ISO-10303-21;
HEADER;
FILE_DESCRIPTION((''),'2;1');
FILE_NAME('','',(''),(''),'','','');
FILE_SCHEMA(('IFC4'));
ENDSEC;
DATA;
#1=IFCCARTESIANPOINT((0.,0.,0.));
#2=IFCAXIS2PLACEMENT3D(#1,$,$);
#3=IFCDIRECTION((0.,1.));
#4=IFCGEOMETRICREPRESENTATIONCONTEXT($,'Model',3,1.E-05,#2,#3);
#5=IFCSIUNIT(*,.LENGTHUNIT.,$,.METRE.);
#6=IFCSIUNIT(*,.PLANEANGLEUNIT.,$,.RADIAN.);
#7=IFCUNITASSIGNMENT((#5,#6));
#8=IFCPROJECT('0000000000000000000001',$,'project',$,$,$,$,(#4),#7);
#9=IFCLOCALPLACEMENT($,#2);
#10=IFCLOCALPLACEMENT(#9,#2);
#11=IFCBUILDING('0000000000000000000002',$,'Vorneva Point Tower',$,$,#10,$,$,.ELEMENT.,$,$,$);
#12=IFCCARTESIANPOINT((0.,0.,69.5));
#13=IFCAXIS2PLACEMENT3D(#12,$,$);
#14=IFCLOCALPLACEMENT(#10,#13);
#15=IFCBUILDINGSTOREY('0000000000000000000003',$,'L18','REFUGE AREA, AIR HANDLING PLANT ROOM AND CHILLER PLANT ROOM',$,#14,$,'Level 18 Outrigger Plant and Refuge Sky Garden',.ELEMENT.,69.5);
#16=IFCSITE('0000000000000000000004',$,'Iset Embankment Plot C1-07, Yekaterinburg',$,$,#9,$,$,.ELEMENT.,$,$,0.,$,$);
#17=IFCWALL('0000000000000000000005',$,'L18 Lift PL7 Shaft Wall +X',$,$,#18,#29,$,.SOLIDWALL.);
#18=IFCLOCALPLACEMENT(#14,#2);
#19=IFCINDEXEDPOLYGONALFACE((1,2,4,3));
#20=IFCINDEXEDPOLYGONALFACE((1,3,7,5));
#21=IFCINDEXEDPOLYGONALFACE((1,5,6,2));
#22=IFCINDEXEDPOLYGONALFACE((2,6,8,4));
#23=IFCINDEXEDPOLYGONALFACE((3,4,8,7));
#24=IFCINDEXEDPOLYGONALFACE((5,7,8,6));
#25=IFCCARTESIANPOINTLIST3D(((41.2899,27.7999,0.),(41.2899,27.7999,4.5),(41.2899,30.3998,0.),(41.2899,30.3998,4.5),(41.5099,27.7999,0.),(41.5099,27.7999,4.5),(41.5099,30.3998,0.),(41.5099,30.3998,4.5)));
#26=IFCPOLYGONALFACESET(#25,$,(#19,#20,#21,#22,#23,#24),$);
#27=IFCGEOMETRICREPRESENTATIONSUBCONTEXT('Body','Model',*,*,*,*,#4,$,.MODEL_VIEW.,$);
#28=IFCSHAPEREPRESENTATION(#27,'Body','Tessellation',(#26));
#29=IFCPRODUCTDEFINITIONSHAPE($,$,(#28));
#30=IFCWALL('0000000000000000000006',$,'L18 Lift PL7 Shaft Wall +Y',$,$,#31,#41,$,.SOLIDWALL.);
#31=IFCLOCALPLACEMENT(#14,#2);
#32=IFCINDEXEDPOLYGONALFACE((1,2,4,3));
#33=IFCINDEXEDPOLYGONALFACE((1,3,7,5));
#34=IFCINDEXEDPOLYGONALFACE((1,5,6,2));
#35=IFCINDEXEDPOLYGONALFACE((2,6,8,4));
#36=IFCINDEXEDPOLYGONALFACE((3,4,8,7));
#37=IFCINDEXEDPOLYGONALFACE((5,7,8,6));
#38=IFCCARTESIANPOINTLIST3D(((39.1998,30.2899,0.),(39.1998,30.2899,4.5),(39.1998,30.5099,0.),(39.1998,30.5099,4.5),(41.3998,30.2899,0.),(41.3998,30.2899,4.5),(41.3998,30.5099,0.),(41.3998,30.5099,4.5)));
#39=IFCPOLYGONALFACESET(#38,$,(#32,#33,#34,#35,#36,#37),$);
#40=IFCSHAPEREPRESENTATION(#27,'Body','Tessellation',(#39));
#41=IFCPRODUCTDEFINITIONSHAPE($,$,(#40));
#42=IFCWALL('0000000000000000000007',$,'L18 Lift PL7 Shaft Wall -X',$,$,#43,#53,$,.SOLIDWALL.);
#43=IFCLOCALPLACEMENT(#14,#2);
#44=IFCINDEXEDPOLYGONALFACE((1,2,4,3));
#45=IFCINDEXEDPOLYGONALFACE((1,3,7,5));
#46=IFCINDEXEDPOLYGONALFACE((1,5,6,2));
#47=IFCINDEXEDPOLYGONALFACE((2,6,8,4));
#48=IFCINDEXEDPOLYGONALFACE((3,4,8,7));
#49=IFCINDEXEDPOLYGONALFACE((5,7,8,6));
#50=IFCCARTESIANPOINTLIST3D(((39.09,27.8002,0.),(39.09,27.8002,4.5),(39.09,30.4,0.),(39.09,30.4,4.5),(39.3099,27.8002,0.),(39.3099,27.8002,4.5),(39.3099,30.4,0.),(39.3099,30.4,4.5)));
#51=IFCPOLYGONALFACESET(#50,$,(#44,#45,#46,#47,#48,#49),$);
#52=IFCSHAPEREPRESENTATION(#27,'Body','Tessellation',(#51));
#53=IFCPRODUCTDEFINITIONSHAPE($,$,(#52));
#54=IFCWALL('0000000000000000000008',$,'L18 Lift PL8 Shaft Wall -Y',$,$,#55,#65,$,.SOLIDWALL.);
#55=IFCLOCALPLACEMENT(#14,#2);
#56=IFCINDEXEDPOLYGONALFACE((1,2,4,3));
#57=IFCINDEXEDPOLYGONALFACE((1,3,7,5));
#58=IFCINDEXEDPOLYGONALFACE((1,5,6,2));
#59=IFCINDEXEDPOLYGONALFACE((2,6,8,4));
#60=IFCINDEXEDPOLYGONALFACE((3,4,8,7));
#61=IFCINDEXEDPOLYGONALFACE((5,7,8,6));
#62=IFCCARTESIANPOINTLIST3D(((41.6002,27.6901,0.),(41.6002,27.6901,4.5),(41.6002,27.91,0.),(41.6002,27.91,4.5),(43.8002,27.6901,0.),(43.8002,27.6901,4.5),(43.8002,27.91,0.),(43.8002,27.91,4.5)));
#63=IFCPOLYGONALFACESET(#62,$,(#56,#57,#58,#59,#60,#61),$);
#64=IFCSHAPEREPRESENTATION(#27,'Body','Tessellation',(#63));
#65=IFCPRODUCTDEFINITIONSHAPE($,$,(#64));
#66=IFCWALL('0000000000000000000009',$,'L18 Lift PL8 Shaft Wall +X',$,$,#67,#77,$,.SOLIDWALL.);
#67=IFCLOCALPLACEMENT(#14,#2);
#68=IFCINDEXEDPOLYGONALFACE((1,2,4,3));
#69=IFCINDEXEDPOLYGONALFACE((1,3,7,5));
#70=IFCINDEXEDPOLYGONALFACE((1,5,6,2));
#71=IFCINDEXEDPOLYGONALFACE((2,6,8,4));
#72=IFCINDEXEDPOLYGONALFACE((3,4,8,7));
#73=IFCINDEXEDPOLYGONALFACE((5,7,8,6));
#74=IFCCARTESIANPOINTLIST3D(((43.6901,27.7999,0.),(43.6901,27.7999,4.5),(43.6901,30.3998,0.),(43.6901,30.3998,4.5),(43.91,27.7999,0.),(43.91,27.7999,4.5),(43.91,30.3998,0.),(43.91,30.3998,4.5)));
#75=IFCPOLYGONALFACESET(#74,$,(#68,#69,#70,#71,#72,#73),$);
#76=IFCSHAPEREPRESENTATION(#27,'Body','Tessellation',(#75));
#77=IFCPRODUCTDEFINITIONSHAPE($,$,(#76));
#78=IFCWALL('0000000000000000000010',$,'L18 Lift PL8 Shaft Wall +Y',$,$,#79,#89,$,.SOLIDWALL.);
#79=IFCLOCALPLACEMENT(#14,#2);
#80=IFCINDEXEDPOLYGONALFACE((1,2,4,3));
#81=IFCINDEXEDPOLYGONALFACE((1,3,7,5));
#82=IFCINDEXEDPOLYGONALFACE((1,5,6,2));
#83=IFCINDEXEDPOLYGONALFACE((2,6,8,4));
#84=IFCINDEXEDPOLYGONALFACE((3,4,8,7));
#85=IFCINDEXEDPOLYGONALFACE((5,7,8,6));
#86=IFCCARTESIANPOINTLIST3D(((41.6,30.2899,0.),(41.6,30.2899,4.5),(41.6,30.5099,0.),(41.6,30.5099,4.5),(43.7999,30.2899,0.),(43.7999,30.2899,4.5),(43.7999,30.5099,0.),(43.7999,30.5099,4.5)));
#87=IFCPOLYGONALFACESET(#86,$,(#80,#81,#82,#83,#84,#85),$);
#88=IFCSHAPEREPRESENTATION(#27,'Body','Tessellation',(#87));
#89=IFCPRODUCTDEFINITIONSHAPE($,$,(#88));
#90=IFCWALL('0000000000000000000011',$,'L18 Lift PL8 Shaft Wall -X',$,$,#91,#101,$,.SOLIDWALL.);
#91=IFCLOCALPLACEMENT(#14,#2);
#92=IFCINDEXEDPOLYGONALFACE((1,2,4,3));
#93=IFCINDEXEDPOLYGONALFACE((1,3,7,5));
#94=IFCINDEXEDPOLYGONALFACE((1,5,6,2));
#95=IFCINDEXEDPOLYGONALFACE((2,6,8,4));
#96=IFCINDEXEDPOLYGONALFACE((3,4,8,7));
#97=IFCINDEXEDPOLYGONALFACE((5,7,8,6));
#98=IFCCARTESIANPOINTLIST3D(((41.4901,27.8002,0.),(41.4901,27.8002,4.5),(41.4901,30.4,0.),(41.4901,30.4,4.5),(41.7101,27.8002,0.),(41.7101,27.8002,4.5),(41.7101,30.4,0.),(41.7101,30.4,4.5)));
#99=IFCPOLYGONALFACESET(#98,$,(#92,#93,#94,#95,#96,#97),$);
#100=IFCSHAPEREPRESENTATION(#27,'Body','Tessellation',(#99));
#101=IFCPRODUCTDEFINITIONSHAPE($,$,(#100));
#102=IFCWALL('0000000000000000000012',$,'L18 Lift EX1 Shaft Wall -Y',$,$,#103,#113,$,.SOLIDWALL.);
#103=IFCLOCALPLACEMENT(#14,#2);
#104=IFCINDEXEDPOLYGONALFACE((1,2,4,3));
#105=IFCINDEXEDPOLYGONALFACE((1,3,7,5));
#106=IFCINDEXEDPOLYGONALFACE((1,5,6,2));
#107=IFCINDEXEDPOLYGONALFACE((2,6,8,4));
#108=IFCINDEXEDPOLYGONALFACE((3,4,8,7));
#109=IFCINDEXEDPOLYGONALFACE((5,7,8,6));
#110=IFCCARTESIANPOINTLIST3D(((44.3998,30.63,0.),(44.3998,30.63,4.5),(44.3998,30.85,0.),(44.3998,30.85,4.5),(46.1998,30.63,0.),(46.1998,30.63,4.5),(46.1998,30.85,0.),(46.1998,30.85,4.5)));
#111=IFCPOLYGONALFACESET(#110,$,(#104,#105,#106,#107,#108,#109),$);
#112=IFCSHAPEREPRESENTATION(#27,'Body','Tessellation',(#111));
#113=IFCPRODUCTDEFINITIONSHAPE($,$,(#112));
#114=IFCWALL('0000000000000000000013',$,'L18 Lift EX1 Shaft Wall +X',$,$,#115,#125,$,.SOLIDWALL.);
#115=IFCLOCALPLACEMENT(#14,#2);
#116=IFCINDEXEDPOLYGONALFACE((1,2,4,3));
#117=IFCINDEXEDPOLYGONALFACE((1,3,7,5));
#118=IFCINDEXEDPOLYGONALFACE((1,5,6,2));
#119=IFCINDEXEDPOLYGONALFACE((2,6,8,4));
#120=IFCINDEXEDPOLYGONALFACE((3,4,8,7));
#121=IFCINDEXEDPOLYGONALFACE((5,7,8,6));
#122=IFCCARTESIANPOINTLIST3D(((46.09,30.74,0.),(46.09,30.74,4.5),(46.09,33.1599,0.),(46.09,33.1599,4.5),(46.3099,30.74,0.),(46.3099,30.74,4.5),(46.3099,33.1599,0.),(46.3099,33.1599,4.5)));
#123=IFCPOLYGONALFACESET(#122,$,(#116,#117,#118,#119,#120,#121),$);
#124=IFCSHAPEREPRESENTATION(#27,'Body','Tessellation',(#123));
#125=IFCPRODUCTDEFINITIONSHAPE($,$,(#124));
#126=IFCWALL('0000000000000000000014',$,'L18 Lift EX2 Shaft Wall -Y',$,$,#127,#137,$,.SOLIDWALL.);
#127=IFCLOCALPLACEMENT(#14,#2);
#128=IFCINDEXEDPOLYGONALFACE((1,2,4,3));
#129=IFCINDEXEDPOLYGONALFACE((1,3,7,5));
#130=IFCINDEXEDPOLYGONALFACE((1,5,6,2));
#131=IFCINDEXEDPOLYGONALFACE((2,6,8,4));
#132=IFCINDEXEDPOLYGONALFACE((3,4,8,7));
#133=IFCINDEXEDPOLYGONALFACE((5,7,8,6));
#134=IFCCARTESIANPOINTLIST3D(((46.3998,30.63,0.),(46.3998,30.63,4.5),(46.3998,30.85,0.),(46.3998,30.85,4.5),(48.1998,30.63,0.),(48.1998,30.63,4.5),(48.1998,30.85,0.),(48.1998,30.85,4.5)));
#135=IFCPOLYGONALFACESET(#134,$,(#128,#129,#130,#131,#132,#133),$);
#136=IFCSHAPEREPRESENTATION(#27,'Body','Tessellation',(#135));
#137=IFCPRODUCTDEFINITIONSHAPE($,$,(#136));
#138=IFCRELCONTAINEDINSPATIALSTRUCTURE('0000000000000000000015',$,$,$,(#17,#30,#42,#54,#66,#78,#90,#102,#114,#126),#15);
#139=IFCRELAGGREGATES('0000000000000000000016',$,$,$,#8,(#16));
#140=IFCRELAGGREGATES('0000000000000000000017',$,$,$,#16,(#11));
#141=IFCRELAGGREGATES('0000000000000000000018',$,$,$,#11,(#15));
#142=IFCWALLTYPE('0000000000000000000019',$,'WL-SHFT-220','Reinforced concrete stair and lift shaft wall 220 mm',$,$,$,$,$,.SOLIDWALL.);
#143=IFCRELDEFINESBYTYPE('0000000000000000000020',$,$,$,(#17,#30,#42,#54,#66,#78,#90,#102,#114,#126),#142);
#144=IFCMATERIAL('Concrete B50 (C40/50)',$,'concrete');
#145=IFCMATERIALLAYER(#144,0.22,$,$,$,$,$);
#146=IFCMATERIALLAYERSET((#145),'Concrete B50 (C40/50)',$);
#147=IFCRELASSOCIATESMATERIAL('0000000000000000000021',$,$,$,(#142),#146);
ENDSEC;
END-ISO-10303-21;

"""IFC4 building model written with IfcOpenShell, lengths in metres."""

from ifc_helpers import new_model, si_unit, direction, frame, frame_2d, origin, place, context, subcontext, project, spatial, rectangle, extrude, material, layer, layer_set, type_object, element, save


model = new_model("IFC4")

# Units and contexts
model_context = context("Model", 3, precision=1e-05, world=origin(), true_north=direction((0.0, 1.0)))
body_context = subcontext(model_context, "Body", "Model", "MODEL_VIEW")
ifc_project = project(units=[si_unit("LENGTHUNIT", "METRE"), si_unit("PLANEANGLEUNIT", "RADIAN")], contexts=[model_context])

# Site, building, storey
site_placement = place(None, origin())
site = spatial("IfcSite", under=ifc_project, at=site_placement, Name="Iset Embankment Plot C1-07, Yekaterinburg", CompositionType="ELEMENT", RefElevation=0.0)
building_placement = place(site_placement, origin())
building = spatial("IfcBuilding", under=site, at=building_placement, Name="Vorneva Point Tower", CompositionType="ELEMENT")
storey_placement = place(building_placement, frame((0.0, 0.0, 69.5)))
storey = spatial("IfcBuildingStorey", under=building, at=storey_placement, Name="L18", Description="REFUGE AREA, AIR HANDLING PLANT ROOM AND CHILLER PLANT ROOM", LongName="Level 18 Outrigger Plant and Refuge Sky Garden", CompositionType="ELEMENT", Elevation=69.5)

# Walls
ifc_material_1 = material(Name="Concrete B50 (C40/50)", Category="concrete")
ifc_layer_1 = layer(ifc_material_1, 0.22)
ifc_layer_set_1 = layer_set([ifc_layer_1], Name="Concrete B50 (C40/50)")
wall_type_1 = type_object("IfcWallType", Name="WL-SHFT-220", Description="Reinforced concrete stair and lift shaft wall 220 mm", PredefinedType="SOLIDWALL", material=ifc_layer_set_1)
wall_1_placement = place(storey_placement, frame((41.3999, 27.8, 0.0), z_axis=(0.0, 0.0, 1.0), x_axis=(0.0, 1.0, 0.0)))
element("IfcWall", 1, at=wall_1_placement, inside=storey, type_object=wall_type_1, Name="L18 Lift PL7 Shaft Wall +X", PredefinedType="SOLIDWALL", context=body_context, shape_type="SweptSolid", body=[
    extrude(rectangle(XDim=2.5999, YDim=0.22, at=frame_2d((1.2998, 0.0))), origin(), (0.0, 0.0, 1.0), 4.5),
])
wall_2_placement = place(storey_placement, frame((41.3999, 30.3999, 0.0), z_axis=(0.0, 0.0, 1.0), x_axis=(-1.0, 0.0, 0.0)))
element("IfcWall", 2, at=wall_2_placement, inside=storey, type_object=wall_type_1, Name="L18 Lift PL7 Shaft Wall +Y", PredefinedType="SOLIDWALL", context=body_context, shape_type="SweptSolid", body=[
    extrude(rectangle(XDim=2.2, YDim=0.22, at=frame_2d((1.1001, 0.0))), origin(), (0.0, 0.0, 1.0), 4.5),
])
wall_3_placement = place(storey_placement, frame((39.2, 30.3999, 0.0), z_axis=(0.0, 0.0, 1.0), x_axis=(0.0, -1.0, 0.0)))
element("IfcWall", 3, at=wall_3_placement, inside=storey, type_object=wall_type_1, Name="L18 Lift PL7 Shaft Wall -X", PredefinedType="SOLIDWALL", context=body_context, shape_type="SweptSolid", body=[
    extrude(rectangle(XDim=2.5999, YDim=0.22, at=frame_2d((1.2998, 0.0))), origin(), (0.0, 0.0, 1.0), 4.5),
])
wall_4_placement = place(storey_placement, frame((41.6001, 27.8, 0.0), z_axis=(0.0, 0.0, 1.0), x_axis=(1.0, 0.0, 0.0)))
element("IfcWall", 4, at=wall_4_placement, inside=storey, type_object=wall_type_1, Name="L18 Lift PL8 Shaft Wall -Y", PredefinedType="SOLIDWALL", context=body_context, shape_type="SweptSolid", body=[
    extrude(rectangle(XDim=2.2, YDim=0.22, at=frame_2d((1.1001, 0.0))), origin(), (0.0, 0.0, 1.0), 4.5),
])
wall_5_placement = place(storey_placement, frame((43.8, 27.8, 0.0), z_axis=(0.0, 0.0, 1.0), x_axis=(0.0, 1.0, 0.0)))
element("IfcWall", 5, at=wall_5_placement, inside=storey, type_object=wall_type_1, Name="L18 Lift PL8 Shaft Wall +X", PredefinedType="SOLIDWALL", context=body_context, shape_type="SweptSolid", body=[
    extrude(rectangle(XDim=2.5999, YDim=0.22, at=frame_2d((1.2998, 0.0))), origin(), (0.0, 0.0, 1.0), 4.5),
])
wall_6_placement = place(storey_placement, frame((43.8, 30.3999, 0.0), z_axis=(0.0, 0.0, 1.0), x_axis=(-1.0, 0.0, 0.0)))
element("IfcWall", 6, at=wall_6_placement, inside=storey, type_object=wall_type_1, Name="L18 Lift PL8 Shaft Wall +Y", PredefinedType="SOLIDWALL", context=body_context, shape_type="SweptSolid", body=[
    extrude(rectangle(XDim=2.2, YDim=0.22, at=frame_2d((1.1001, 0.0))), origin(), (0.0, 0.0, 1.0), 4.5),
])
wall_7_placement = place(storey_placement, frame((41.6001, 30.3999, 0.0), z_axis=(0.0, 0.0, 1.0), x_axis=(0.0, -1.0, 0.0)))
element("IfcWall", 7, at=wall_7_placement, inside=storey, type_object=wall_type_1, Name="L18 Lift PL8 Shaft Wall -X", PredefinedType="SOLIDWALL", context=body_context, shape_type="SweptSolid", body=[
    extrude(rectangle(XDim=2.5999, YDim=0.22, at=frame_2d((1.2998, 0.0))), origin(), (0.0, 0.0, 1.0), 4.5),
])
wall_8_placement = place(storey_placement, frame((44.3999, 30.74, 0.0), z_axis=(0.0, 0.0, 1.0), x_axis=(1.0, 0.0, 0.0)))
element("IfcWall", 8, at=wall_8_placement, inside=storey, type_object=wall_type_1, Name="L18 Lift EX1 Shaft Wall -Y", PredefinedType="SOLIDWALL", context=body_context, shape_type="SweptSolid", body=[
    extrude(rectangle(XDim=1.8, YDim=0.22, at=frame_2d((0.8999, 0.0))), origin(), (0.0, 0.0, 1.0), 4.5),
])
wall_9_placement = place(storey_placement, frame((46.2, 30.74, 0.0), z_axis=(0.0, 0.0, 1.0), x_axis=(0.0, 1.0, 0.0)))
element("IfcWall", 9, at=wall_9_placement, inside=storey, type_object=wall_type_1, Name="L18 Lift EX1 Shaft Wall +X", PredefinedType="SOLIDWALL", context=body_context, shape_type="SweptSolid", body=[
    extrude(rectangle(XDim=2.4199, YDim=0.22, at=frame_2d((1.21, 0.0))), origin(), (0.0, 0.0, 1.0), 4.5),
])
wall_10_placement = place(storey_placement, frame((46.3999, 30.74, 0.0), z_axis=(0.0, 0.0, 1.0), x_axis=(1.0, 0.0, 0.0)))
element("IfcWall", 10, at=wall_10_placement, inside=storey, type_object=wall_type_1, Name="L18 Lift EX2 Shaft Wall -Y", PredefinedType="SOLIDWALL", context=body_context, shape_type="SweptSolid", body=[
    extrude(rectangle(XDim=1.8, YDim=0.22, at=frame_2d((0.8999, 0.0))), origin(), (0.0, 0.0, 1.0), 4.5),
])

save(model, "model.ifc")
